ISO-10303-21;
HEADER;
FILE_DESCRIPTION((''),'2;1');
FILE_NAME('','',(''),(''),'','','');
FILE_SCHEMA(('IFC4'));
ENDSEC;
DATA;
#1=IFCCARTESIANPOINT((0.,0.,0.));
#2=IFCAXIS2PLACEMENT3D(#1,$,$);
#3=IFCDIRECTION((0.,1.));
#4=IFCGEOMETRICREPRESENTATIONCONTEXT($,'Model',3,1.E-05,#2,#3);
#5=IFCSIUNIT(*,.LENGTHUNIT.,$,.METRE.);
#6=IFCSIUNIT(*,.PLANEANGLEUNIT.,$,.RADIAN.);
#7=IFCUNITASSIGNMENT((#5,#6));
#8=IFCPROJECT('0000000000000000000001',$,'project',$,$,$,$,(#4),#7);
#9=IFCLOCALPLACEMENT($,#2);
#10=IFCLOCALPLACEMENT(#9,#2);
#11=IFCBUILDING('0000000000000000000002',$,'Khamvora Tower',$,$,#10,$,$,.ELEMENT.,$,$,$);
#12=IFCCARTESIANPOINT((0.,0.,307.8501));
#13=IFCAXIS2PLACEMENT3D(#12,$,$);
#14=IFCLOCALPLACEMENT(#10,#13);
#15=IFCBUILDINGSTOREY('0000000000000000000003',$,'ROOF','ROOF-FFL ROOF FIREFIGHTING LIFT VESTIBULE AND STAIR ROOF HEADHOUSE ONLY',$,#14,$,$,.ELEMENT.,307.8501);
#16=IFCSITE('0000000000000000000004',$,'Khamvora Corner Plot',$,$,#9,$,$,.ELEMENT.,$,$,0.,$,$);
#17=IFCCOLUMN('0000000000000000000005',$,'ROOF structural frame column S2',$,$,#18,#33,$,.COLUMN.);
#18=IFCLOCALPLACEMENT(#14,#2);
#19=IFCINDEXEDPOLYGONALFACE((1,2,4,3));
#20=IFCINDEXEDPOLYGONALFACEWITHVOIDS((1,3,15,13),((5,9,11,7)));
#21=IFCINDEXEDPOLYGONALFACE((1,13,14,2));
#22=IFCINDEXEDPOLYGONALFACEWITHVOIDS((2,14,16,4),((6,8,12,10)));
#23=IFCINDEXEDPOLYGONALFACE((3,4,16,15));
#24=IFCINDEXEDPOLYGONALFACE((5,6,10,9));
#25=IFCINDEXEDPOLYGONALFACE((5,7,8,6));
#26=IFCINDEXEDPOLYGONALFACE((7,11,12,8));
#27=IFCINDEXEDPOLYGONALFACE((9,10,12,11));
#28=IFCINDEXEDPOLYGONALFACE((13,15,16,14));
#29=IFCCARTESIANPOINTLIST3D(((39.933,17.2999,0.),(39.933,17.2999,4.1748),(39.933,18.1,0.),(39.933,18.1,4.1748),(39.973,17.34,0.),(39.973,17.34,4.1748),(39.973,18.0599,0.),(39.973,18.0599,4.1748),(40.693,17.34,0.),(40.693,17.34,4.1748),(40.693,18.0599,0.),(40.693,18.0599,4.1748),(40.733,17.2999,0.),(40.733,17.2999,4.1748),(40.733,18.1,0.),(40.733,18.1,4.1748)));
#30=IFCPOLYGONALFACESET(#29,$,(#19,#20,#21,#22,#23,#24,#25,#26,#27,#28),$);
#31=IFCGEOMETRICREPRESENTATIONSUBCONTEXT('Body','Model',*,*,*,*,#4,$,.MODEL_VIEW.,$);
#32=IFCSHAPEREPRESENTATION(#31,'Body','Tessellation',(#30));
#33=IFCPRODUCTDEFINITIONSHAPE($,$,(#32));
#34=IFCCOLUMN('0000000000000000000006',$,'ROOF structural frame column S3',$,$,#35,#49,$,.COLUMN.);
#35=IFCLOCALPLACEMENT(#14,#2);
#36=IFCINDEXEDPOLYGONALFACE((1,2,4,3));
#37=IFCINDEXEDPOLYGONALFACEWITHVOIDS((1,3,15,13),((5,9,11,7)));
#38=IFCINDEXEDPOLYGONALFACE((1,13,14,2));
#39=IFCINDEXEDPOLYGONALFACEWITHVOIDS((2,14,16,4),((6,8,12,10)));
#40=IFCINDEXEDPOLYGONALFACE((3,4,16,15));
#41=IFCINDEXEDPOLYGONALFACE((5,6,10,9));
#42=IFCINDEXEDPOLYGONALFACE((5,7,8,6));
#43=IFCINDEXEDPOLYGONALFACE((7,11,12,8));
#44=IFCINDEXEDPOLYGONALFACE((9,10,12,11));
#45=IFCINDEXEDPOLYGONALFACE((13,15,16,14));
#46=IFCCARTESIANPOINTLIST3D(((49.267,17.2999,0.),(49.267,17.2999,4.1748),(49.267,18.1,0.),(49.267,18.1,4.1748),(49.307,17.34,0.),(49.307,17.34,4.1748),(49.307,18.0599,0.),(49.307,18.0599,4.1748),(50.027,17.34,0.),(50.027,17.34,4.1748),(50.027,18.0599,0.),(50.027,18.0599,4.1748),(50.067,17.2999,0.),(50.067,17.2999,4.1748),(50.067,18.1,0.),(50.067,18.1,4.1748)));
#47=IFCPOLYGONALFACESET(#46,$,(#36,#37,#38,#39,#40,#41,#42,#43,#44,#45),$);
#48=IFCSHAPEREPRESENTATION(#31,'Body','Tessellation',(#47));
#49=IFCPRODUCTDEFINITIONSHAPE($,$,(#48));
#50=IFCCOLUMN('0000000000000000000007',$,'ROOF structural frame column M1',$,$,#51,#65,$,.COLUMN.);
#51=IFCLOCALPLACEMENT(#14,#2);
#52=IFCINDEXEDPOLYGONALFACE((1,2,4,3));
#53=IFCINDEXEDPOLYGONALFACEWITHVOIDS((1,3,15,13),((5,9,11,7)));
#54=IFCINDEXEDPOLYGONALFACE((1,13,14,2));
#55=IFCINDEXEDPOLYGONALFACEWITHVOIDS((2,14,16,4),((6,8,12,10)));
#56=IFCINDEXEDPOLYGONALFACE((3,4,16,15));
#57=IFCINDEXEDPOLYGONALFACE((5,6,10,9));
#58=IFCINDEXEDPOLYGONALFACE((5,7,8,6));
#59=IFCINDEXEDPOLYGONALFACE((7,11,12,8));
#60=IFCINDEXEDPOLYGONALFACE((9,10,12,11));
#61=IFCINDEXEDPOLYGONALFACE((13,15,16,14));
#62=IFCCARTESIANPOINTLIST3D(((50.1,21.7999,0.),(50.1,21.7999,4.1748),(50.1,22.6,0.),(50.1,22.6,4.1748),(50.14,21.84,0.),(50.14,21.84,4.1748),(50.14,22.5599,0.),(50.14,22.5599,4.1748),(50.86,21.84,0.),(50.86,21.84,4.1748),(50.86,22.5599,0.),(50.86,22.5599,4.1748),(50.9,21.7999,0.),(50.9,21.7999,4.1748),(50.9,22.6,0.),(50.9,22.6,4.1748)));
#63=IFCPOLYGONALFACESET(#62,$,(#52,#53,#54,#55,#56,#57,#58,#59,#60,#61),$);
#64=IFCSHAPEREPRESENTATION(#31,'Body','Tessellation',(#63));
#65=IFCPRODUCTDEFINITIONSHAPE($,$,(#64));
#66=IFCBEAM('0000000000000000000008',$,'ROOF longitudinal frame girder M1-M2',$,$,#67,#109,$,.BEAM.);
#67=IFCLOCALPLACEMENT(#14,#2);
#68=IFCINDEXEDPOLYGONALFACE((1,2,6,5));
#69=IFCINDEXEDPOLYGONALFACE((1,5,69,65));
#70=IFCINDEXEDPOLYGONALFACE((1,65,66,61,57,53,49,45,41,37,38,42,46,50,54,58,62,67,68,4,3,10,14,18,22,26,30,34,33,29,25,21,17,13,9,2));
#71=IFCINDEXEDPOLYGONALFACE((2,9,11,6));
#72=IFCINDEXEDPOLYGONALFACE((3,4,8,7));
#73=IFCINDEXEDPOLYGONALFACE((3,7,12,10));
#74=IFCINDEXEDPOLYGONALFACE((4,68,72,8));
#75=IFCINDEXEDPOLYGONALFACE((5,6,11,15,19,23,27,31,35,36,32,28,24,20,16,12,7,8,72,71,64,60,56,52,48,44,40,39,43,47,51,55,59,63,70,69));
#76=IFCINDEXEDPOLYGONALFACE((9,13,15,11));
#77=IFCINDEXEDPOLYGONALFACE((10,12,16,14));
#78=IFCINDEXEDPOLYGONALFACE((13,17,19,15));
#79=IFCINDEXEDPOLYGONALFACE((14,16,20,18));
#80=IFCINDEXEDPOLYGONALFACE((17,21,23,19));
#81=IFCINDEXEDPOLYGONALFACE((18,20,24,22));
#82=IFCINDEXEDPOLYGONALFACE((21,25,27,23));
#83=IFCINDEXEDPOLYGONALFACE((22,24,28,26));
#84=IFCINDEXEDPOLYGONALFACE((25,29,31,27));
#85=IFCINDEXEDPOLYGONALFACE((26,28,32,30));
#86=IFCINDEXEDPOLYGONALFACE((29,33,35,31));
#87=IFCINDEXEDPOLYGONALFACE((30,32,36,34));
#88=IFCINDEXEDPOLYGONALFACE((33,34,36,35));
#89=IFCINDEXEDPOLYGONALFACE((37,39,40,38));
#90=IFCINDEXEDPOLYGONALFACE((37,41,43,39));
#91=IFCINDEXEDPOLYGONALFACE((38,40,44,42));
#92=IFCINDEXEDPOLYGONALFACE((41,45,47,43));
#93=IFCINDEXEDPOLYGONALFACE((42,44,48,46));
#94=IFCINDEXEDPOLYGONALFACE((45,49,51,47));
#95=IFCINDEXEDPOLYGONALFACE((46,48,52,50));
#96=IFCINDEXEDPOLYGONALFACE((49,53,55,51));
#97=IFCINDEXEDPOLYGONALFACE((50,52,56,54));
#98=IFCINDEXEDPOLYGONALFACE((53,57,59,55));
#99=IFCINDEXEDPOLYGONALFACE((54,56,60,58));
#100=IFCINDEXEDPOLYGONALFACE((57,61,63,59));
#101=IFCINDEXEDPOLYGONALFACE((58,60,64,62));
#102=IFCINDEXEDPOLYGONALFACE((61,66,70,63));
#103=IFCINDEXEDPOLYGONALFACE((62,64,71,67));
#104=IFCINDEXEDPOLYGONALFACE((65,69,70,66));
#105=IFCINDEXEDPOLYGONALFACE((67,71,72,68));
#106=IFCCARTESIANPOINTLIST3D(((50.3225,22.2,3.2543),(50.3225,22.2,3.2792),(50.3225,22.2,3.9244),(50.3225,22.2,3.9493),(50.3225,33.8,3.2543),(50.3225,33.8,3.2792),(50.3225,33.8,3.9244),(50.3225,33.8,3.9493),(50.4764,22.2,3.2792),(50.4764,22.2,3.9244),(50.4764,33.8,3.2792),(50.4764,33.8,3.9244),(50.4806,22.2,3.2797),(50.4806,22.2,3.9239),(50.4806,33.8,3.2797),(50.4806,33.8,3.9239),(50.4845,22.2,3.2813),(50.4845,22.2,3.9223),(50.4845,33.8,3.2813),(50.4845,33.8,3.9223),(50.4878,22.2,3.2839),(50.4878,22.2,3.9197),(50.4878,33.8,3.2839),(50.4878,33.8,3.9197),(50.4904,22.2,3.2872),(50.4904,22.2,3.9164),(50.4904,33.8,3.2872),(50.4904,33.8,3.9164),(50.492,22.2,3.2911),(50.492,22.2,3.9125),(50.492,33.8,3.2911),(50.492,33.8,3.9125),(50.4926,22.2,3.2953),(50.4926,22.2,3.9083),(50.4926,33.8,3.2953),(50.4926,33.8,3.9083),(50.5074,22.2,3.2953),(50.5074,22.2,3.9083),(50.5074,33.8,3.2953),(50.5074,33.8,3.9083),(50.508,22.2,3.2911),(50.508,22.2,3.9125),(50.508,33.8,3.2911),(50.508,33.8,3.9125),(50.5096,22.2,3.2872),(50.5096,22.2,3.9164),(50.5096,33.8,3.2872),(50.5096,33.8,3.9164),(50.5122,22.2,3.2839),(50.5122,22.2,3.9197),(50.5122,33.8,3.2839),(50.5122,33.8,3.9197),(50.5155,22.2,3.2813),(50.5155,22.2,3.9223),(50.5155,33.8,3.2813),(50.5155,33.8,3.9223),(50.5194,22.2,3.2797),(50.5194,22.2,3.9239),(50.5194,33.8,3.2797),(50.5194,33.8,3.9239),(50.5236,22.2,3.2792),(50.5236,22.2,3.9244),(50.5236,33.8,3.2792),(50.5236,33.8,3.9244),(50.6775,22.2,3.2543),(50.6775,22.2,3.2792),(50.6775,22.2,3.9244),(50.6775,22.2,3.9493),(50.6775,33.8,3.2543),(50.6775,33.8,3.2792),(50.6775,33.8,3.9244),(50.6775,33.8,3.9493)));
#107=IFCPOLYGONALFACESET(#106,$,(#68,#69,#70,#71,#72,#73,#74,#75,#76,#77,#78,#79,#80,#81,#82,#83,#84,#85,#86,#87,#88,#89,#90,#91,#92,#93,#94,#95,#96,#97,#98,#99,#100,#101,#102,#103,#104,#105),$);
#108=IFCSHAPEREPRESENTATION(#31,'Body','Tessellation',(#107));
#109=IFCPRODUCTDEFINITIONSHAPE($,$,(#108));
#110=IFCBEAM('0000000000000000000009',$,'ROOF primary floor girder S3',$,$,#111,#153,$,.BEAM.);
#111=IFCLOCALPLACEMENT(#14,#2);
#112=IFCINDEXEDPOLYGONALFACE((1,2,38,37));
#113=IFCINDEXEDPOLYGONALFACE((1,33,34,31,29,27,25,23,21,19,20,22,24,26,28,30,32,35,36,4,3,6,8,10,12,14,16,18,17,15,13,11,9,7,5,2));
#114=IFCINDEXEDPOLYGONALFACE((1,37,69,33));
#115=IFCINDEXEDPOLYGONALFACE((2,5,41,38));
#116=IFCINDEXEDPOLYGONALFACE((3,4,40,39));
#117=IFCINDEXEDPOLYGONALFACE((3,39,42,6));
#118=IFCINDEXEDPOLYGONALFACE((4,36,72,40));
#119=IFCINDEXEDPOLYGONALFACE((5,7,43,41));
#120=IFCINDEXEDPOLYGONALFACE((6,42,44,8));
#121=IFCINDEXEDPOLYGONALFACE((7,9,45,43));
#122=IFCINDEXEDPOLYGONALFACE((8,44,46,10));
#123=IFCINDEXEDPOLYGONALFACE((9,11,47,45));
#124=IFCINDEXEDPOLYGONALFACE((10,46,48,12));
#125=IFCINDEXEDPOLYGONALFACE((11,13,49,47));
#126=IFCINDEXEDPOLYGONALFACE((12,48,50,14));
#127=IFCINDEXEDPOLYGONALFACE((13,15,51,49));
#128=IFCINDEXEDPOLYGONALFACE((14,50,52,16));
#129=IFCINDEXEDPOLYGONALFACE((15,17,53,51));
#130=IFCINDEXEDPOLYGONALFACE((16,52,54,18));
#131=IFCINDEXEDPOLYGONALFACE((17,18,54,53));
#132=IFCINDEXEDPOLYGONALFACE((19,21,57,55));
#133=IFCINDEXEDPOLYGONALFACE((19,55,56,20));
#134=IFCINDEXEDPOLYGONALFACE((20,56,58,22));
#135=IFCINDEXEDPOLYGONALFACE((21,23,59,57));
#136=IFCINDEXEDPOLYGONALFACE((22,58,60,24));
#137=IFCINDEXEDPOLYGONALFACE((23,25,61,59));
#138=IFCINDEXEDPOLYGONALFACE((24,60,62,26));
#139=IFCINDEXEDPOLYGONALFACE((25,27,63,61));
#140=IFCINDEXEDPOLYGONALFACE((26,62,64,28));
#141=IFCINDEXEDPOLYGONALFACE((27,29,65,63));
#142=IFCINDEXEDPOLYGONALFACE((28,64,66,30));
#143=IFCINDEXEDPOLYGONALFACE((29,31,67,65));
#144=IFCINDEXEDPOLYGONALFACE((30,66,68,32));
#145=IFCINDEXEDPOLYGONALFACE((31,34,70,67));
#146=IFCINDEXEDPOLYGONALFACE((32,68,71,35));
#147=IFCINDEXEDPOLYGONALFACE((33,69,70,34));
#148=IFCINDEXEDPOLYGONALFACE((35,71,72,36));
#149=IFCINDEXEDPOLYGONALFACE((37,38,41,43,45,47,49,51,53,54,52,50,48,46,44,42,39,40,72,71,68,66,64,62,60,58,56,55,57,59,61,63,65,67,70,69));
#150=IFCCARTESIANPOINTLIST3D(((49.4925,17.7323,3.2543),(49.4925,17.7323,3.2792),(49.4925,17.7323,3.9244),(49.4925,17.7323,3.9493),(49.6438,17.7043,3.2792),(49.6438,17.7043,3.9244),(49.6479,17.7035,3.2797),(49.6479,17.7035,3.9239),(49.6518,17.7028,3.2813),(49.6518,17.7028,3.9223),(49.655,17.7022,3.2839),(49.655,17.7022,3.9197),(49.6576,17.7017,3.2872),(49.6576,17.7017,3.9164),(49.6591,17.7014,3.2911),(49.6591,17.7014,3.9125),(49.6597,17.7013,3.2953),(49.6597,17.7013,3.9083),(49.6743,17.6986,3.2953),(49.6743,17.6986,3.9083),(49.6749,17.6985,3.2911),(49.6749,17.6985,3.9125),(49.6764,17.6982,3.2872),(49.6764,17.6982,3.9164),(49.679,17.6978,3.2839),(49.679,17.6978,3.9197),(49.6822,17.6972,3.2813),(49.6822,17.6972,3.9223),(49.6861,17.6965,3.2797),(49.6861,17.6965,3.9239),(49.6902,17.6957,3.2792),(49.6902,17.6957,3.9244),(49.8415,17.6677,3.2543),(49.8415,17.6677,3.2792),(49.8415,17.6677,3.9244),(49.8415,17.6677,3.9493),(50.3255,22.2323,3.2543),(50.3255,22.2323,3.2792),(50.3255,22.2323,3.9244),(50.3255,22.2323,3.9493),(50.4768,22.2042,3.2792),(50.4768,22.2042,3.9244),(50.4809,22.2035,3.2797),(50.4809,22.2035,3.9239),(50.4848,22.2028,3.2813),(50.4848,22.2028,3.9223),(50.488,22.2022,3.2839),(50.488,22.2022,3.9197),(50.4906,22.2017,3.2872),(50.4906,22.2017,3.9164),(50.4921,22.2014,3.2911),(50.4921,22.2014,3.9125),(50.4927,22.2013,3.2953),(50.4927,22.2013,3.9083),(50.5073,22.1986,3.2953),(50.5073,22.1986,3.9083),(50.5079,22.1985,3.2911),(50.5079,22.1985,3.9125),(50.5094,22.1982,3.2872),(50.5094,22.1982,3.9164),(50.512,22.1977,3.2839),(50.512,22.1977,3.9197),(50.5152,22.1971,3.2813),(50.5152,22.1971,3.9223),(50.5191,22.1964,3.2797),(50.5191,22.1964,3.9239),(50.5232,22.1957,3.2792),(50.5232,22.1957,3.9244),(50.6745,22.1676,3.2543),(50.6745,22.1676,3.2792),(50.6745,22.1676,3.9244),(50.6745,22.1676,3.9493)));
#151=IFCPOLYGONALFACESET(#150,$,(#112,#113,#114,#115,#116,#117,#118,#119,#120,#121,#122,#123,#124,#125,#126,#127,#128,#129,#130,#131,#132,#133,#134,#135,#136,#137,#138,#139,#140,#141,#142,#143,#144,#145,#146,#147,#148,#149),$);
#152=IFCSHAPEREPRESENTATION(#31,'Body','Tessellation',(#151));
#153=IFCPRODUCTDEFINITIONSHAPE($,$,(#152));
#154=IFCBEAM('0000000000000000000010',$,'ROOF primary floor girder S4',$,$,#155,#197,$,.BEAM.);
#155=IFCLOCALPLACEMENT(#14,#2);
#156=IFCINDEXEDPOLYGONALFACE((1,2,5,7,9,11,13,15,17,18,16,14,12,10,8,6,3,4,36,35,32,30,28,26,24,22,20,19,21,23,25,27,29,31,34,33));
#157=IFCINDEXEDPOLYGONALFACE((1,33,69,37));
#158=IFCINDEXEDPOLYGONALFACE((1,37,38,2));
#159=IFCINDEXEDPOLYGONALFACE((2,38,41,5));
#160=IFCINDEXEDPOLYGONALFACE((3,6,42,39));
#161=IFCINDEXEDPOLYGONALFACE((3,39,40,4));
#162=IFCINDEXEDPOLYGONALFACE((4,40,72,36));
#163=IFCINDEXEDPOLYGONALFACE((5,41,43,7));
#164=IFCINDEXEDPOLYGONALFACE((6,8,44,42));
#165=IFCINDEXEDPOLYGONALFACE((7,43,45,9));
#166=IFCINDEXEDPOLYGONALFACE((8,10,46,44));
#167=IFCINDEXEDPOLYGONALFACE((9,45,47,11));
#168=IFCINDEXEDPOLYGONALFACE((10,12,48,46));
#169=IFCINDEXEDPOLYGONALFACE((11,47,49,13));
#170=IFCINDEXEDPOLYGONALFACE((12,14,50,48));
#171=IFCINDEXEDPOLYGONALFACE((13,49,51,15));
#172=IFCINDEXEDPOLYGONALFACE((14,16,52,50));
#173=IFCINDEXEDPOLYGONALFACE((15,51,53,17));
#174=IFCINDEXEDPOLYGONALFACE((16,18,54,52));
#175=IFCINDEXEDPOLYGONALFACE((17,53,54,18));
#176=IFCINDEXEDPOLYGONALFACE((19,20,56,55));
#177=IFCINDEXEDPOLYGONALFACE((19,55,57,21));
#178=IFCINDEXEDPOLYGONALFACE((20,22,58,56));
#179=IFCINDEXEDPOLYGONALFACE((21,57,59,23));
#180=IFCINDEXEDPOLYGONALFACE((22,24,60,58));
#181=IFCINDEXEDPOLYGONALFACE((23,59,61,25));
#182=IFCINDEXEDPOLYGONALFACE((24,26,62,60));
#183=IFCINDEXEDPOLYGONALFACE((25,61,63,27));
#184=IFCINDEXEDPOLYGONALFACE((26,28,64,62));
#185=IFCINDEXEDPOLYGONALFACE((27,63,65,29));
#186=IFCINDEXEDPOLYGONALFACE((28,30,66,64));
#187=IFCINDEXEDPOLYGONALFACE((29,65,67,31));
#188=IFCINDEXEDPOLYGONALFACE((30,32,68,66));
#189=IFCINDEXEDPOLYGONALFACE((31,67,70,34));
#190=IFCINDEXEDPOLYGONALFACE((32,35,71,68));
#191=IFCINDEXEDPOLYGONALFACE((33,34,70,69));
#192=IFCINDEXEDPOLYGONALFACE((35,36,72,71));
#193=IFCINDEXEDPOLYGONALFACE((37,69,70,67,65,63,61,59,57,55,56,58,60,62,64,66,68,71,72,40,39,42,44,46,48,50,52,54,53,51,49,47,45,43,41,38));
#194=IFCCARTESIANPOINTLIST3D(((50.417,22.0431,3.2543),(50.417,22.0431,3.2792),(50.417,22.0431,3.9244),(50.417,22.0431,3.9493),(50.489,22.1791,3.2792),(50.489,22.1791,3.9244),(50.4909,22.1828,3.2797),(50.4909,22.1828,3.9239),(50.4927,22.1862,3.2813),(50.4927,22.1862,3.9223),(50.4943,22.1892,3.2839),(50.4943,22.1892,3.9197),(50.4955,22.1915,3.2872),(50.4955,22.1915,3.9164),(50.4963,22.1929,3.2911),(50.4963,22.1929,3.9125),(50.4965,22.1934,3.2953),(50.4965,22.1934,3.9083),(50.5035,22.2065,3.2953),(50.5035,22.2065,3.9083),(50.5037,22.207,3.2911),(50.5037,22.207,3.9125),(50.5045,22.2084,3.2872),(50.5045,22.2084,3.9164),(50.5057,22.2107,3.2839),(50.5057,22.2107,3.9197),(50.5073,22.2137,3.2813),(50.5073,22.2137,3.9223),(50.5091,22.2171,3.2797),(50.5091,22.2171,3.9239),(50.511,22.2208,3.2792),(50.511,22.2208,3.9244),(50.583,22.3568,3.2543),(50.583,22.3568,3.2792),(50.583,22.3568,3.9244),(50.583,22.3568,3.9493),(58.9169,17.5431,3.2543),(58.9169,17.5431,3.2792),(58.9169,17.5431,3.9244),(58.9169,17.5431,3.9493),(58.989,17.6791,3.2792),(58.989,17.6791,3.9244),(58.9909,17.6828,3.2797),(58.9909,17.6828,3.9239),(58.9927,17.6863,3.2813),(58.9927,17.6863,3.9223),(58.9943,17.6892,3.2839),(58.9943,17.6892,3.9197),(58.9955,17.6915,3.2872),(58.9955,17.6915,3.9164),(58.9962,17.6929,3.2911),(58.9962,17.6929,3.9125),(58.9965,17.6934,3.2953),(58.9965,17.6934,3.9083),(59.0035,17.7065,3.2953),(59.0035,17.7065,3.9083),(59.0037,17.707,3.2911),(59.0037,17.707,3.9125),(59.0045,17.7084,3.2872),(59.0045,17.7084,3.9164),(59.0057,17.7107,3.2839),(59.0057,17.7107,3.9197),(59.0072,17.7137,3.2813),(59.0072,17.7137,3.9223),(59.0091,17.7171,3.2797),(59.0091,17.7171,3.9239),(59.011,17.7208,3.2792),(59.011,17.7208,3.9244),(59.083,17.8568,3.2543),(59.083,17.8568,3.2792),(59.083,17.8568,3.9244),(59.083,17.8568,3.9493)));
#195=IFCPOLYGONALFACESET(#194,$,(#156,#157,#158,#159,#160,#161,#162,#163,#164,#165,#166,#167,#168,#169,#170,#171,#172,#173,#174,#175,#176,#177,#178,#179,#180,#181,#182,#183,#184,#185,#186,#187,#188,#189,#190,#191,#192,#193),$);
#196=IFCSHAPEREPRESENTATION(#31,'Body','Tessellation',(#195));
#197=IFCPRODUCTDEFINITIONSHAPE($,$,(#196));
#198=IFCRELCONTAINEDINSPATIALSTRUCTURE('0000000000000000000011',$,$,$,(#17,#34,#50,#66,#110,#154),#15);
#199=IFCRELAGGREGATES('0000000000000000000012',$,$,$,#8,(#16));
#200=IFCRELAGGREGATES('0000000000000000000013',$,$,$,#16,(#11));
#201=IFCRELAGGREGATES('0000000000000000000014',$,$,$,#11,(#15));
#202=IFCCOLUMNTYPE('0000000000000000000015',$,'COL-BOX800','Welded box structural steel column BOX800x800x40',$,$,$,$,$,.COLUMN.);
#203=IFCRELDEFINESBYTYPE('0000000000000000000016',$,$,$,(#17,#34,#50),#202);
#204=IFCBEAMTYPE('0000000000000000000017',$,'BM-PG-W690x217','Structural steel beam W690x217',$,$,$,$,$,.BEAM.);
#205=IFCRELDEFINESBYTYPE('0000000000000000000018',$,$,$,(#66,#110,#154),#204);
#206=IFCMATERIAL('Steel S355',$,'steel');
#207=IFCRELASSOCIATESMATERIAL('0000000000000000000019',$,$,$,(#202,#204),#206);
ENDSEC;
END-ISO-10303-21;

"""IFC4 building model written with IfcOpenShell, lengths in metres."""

from ifc_helpers import new_model, si_unit, direction, frame, origin, origin_2d, place, context, subcontext, project, spatial, hollow_rectangle, i_section, extrude, material, material_profile, profile_set, type_object, element, save


model = new_model("IFC4")

# Units and contexts
model_context = context("Model", 3, precision=1e-05, world=origin(), true_north=direction((0.0, 1.0)))
body_context = subcontext(model_context, "Body", "Model", "MODEL_VIEW")
ifc_project = project(units=[si_unit("LENGTHUNIT", "METRE"), si_unit("PLANEANGLEUNIT", "RADIAN")], contexts=[model_context])

# Site, building, storey
site_placement = place(None, origin())
site = spatial("IfcSite", under=ifc_project, at=site_placement, Name="Khamvora Corner Plot", CompositionType="ELEMENT", RefElevation=0.0)
building_placement = place(site_placement, origin())
building = spatial("IfcBuilding", under=site, at=building_placement, Name="Khamvora Tower", CompositionType="ELEMENT")
storey_placement = place(building_placement, frame((0.0, 0.0, 307.8501)))
storey = spatial("IfcBuildingStorey", under=building, at=storey_placement, Name="ROOF", Description="ROOF-FFL ROOF FIREFIGHTING LIFT VESTIBULE AND STAIR ROOF HEADHOUSE ONLY", CompositionType="ELEMENT", Elevation=307.8501)

# Columns
ifc_material_1 = material(Name="Steel S355", Category="steel")
ifc_material_profile_1 = material_profile(ifc_material_1, hollow_rectangle(XDim=0.8, YDim=0.8, WallThickness=0.04, at=origin_2d()), Name="BOX800x800x40")
ifc_profile_set_1 = profile_set([ifc_material_profile_1], Name="Steel S355")
column_type = type_object("IfcColumnType", Name="COL-BOX800", Description="Welded box structural steel column BOX800x800x40", PredefinedType="COLUMN", material=ifc_profile_set_1)
for number, where, z_axis, x_axis, name in (
    (1, (40.333, 17.7, 0.0), (0.0, 0.0, 1.0), (1.0, 0.0, 0.0), "ROOF structural frame column S2"),
    (2, (49.667, 17.7, 0.0), (0.0, 0.0, 1.0), (1.0, 0.0, 0.0), "ROOF structural frame column S3"),
    (3, (50.5, 22.2, 0.0), (0.0, 0.0, 1.0), (1.0, 0.0, 0.0), "ROOF structural frame column M1"),
):
    element("IfcColumn", number, at=place(storey_placement, frame(where, z_axis=z_axis, x_axis=x_axis)), inside=storey, type_object=column_type, Name=name, PredefinedType="COLUMN", context=body_context, shape_type="SweptSolid", body=[
        extrude(hollow_rectangle(XDim=0.8, YDim=0.8, WallThickness=0.04, at=origin_2d()), origin(), (0.0, 0.0, 1.0), 4.1748),
    ])

# Beams
ifc_material_profile_2 = material_profile(ifc_material_1, i_section(OverallWidth=0.355, OverallDepth=0.6951, WebThickness=0.0149, FlangeThickness=0.0249, FilletRadius=0.0161, at=origin_2d()), Name="W690x217")
ifc_profile_set_2 = profile_set([ifc_material_profile_2], Name="Steel S355")
beam_type_1 = type_object("IfcBeamType", Name="BM-PG-W690x217", Description="Structural steel beam W690x217", PredefinedType="BEAM", material=ifc_profile_set_2)
beam_1_placement = place(storey_placement, frame((50.5, 22.2, 3.6018), z_axis=(0.0, 1.0, 0.0), x_axis=(-1.0, 0.0, 0.0)))
element("IfcBeam", 4, at=beam_1_placement, inside=storey, type_object=beam_type_1, Name="ROOF longitudinal frame girder M1-M2", PredefinedType="BEAM", context=body_context, shape_type="SweptSolid", body=[
    extrude(i_section(OverallWidth=0.355, OverallDepth=0.6951, WebThickness=0.0149, FlangeThickness=0.0249, FilletRadius=0.0161, at=origin_2d()), origin(), (0.0, 0.0, 1.0), 11.6001),
])
beam_2_placement = place(storey_placement, frame((50.5, 22.2, 3.6018), z_axis=(-0.18202, -0.983295, 0.0), x_axis=(0.983295, -0.18202, 0.0)))
element("IfcBeam", 5, at=beam_2_placement, inside=storey, type_object=beam_type_1, Name="ROOF primary floor girder S3", PredefinedType="BEAM", context=body_context, shape_type="SweptSolid", body=[
    extrude(i_section(OverallWidth=0.355, OverallDepth=0.6951, WebThickness=0.0149, FlangeThickness=0.0249, FilletRadius=0.0161, at=origin_2d()), origin(), (0.0, 0.0, 1.0), 4.5764),
])
beam_3_placement = place(storey_placement, frame((50.5, 22.2, 3.6018), z_axis=(0.883788, -0.467888, 0.0), x_axis=(0.467888, 0.883788, 0.0)))
element("IfcBeam", 6, at=beam_3_placement, inside=storey, type_object=beam_type_1, Name="ROOF primary floor girder S4", PredefinedType="BEAM", context=body_context, shape_type="SweptSolid", body=[
    extrude(i_section(OverallWidth=0.355, OverallDepth=0.6951, WebThickness=0.0149, FlangeThickness=0.0249, FilletRadius=0.0161, at=origin_2d()), origin(), (0.0, 0.0, 1.0), 9.6177),
])

save(model, "model.ifc")
